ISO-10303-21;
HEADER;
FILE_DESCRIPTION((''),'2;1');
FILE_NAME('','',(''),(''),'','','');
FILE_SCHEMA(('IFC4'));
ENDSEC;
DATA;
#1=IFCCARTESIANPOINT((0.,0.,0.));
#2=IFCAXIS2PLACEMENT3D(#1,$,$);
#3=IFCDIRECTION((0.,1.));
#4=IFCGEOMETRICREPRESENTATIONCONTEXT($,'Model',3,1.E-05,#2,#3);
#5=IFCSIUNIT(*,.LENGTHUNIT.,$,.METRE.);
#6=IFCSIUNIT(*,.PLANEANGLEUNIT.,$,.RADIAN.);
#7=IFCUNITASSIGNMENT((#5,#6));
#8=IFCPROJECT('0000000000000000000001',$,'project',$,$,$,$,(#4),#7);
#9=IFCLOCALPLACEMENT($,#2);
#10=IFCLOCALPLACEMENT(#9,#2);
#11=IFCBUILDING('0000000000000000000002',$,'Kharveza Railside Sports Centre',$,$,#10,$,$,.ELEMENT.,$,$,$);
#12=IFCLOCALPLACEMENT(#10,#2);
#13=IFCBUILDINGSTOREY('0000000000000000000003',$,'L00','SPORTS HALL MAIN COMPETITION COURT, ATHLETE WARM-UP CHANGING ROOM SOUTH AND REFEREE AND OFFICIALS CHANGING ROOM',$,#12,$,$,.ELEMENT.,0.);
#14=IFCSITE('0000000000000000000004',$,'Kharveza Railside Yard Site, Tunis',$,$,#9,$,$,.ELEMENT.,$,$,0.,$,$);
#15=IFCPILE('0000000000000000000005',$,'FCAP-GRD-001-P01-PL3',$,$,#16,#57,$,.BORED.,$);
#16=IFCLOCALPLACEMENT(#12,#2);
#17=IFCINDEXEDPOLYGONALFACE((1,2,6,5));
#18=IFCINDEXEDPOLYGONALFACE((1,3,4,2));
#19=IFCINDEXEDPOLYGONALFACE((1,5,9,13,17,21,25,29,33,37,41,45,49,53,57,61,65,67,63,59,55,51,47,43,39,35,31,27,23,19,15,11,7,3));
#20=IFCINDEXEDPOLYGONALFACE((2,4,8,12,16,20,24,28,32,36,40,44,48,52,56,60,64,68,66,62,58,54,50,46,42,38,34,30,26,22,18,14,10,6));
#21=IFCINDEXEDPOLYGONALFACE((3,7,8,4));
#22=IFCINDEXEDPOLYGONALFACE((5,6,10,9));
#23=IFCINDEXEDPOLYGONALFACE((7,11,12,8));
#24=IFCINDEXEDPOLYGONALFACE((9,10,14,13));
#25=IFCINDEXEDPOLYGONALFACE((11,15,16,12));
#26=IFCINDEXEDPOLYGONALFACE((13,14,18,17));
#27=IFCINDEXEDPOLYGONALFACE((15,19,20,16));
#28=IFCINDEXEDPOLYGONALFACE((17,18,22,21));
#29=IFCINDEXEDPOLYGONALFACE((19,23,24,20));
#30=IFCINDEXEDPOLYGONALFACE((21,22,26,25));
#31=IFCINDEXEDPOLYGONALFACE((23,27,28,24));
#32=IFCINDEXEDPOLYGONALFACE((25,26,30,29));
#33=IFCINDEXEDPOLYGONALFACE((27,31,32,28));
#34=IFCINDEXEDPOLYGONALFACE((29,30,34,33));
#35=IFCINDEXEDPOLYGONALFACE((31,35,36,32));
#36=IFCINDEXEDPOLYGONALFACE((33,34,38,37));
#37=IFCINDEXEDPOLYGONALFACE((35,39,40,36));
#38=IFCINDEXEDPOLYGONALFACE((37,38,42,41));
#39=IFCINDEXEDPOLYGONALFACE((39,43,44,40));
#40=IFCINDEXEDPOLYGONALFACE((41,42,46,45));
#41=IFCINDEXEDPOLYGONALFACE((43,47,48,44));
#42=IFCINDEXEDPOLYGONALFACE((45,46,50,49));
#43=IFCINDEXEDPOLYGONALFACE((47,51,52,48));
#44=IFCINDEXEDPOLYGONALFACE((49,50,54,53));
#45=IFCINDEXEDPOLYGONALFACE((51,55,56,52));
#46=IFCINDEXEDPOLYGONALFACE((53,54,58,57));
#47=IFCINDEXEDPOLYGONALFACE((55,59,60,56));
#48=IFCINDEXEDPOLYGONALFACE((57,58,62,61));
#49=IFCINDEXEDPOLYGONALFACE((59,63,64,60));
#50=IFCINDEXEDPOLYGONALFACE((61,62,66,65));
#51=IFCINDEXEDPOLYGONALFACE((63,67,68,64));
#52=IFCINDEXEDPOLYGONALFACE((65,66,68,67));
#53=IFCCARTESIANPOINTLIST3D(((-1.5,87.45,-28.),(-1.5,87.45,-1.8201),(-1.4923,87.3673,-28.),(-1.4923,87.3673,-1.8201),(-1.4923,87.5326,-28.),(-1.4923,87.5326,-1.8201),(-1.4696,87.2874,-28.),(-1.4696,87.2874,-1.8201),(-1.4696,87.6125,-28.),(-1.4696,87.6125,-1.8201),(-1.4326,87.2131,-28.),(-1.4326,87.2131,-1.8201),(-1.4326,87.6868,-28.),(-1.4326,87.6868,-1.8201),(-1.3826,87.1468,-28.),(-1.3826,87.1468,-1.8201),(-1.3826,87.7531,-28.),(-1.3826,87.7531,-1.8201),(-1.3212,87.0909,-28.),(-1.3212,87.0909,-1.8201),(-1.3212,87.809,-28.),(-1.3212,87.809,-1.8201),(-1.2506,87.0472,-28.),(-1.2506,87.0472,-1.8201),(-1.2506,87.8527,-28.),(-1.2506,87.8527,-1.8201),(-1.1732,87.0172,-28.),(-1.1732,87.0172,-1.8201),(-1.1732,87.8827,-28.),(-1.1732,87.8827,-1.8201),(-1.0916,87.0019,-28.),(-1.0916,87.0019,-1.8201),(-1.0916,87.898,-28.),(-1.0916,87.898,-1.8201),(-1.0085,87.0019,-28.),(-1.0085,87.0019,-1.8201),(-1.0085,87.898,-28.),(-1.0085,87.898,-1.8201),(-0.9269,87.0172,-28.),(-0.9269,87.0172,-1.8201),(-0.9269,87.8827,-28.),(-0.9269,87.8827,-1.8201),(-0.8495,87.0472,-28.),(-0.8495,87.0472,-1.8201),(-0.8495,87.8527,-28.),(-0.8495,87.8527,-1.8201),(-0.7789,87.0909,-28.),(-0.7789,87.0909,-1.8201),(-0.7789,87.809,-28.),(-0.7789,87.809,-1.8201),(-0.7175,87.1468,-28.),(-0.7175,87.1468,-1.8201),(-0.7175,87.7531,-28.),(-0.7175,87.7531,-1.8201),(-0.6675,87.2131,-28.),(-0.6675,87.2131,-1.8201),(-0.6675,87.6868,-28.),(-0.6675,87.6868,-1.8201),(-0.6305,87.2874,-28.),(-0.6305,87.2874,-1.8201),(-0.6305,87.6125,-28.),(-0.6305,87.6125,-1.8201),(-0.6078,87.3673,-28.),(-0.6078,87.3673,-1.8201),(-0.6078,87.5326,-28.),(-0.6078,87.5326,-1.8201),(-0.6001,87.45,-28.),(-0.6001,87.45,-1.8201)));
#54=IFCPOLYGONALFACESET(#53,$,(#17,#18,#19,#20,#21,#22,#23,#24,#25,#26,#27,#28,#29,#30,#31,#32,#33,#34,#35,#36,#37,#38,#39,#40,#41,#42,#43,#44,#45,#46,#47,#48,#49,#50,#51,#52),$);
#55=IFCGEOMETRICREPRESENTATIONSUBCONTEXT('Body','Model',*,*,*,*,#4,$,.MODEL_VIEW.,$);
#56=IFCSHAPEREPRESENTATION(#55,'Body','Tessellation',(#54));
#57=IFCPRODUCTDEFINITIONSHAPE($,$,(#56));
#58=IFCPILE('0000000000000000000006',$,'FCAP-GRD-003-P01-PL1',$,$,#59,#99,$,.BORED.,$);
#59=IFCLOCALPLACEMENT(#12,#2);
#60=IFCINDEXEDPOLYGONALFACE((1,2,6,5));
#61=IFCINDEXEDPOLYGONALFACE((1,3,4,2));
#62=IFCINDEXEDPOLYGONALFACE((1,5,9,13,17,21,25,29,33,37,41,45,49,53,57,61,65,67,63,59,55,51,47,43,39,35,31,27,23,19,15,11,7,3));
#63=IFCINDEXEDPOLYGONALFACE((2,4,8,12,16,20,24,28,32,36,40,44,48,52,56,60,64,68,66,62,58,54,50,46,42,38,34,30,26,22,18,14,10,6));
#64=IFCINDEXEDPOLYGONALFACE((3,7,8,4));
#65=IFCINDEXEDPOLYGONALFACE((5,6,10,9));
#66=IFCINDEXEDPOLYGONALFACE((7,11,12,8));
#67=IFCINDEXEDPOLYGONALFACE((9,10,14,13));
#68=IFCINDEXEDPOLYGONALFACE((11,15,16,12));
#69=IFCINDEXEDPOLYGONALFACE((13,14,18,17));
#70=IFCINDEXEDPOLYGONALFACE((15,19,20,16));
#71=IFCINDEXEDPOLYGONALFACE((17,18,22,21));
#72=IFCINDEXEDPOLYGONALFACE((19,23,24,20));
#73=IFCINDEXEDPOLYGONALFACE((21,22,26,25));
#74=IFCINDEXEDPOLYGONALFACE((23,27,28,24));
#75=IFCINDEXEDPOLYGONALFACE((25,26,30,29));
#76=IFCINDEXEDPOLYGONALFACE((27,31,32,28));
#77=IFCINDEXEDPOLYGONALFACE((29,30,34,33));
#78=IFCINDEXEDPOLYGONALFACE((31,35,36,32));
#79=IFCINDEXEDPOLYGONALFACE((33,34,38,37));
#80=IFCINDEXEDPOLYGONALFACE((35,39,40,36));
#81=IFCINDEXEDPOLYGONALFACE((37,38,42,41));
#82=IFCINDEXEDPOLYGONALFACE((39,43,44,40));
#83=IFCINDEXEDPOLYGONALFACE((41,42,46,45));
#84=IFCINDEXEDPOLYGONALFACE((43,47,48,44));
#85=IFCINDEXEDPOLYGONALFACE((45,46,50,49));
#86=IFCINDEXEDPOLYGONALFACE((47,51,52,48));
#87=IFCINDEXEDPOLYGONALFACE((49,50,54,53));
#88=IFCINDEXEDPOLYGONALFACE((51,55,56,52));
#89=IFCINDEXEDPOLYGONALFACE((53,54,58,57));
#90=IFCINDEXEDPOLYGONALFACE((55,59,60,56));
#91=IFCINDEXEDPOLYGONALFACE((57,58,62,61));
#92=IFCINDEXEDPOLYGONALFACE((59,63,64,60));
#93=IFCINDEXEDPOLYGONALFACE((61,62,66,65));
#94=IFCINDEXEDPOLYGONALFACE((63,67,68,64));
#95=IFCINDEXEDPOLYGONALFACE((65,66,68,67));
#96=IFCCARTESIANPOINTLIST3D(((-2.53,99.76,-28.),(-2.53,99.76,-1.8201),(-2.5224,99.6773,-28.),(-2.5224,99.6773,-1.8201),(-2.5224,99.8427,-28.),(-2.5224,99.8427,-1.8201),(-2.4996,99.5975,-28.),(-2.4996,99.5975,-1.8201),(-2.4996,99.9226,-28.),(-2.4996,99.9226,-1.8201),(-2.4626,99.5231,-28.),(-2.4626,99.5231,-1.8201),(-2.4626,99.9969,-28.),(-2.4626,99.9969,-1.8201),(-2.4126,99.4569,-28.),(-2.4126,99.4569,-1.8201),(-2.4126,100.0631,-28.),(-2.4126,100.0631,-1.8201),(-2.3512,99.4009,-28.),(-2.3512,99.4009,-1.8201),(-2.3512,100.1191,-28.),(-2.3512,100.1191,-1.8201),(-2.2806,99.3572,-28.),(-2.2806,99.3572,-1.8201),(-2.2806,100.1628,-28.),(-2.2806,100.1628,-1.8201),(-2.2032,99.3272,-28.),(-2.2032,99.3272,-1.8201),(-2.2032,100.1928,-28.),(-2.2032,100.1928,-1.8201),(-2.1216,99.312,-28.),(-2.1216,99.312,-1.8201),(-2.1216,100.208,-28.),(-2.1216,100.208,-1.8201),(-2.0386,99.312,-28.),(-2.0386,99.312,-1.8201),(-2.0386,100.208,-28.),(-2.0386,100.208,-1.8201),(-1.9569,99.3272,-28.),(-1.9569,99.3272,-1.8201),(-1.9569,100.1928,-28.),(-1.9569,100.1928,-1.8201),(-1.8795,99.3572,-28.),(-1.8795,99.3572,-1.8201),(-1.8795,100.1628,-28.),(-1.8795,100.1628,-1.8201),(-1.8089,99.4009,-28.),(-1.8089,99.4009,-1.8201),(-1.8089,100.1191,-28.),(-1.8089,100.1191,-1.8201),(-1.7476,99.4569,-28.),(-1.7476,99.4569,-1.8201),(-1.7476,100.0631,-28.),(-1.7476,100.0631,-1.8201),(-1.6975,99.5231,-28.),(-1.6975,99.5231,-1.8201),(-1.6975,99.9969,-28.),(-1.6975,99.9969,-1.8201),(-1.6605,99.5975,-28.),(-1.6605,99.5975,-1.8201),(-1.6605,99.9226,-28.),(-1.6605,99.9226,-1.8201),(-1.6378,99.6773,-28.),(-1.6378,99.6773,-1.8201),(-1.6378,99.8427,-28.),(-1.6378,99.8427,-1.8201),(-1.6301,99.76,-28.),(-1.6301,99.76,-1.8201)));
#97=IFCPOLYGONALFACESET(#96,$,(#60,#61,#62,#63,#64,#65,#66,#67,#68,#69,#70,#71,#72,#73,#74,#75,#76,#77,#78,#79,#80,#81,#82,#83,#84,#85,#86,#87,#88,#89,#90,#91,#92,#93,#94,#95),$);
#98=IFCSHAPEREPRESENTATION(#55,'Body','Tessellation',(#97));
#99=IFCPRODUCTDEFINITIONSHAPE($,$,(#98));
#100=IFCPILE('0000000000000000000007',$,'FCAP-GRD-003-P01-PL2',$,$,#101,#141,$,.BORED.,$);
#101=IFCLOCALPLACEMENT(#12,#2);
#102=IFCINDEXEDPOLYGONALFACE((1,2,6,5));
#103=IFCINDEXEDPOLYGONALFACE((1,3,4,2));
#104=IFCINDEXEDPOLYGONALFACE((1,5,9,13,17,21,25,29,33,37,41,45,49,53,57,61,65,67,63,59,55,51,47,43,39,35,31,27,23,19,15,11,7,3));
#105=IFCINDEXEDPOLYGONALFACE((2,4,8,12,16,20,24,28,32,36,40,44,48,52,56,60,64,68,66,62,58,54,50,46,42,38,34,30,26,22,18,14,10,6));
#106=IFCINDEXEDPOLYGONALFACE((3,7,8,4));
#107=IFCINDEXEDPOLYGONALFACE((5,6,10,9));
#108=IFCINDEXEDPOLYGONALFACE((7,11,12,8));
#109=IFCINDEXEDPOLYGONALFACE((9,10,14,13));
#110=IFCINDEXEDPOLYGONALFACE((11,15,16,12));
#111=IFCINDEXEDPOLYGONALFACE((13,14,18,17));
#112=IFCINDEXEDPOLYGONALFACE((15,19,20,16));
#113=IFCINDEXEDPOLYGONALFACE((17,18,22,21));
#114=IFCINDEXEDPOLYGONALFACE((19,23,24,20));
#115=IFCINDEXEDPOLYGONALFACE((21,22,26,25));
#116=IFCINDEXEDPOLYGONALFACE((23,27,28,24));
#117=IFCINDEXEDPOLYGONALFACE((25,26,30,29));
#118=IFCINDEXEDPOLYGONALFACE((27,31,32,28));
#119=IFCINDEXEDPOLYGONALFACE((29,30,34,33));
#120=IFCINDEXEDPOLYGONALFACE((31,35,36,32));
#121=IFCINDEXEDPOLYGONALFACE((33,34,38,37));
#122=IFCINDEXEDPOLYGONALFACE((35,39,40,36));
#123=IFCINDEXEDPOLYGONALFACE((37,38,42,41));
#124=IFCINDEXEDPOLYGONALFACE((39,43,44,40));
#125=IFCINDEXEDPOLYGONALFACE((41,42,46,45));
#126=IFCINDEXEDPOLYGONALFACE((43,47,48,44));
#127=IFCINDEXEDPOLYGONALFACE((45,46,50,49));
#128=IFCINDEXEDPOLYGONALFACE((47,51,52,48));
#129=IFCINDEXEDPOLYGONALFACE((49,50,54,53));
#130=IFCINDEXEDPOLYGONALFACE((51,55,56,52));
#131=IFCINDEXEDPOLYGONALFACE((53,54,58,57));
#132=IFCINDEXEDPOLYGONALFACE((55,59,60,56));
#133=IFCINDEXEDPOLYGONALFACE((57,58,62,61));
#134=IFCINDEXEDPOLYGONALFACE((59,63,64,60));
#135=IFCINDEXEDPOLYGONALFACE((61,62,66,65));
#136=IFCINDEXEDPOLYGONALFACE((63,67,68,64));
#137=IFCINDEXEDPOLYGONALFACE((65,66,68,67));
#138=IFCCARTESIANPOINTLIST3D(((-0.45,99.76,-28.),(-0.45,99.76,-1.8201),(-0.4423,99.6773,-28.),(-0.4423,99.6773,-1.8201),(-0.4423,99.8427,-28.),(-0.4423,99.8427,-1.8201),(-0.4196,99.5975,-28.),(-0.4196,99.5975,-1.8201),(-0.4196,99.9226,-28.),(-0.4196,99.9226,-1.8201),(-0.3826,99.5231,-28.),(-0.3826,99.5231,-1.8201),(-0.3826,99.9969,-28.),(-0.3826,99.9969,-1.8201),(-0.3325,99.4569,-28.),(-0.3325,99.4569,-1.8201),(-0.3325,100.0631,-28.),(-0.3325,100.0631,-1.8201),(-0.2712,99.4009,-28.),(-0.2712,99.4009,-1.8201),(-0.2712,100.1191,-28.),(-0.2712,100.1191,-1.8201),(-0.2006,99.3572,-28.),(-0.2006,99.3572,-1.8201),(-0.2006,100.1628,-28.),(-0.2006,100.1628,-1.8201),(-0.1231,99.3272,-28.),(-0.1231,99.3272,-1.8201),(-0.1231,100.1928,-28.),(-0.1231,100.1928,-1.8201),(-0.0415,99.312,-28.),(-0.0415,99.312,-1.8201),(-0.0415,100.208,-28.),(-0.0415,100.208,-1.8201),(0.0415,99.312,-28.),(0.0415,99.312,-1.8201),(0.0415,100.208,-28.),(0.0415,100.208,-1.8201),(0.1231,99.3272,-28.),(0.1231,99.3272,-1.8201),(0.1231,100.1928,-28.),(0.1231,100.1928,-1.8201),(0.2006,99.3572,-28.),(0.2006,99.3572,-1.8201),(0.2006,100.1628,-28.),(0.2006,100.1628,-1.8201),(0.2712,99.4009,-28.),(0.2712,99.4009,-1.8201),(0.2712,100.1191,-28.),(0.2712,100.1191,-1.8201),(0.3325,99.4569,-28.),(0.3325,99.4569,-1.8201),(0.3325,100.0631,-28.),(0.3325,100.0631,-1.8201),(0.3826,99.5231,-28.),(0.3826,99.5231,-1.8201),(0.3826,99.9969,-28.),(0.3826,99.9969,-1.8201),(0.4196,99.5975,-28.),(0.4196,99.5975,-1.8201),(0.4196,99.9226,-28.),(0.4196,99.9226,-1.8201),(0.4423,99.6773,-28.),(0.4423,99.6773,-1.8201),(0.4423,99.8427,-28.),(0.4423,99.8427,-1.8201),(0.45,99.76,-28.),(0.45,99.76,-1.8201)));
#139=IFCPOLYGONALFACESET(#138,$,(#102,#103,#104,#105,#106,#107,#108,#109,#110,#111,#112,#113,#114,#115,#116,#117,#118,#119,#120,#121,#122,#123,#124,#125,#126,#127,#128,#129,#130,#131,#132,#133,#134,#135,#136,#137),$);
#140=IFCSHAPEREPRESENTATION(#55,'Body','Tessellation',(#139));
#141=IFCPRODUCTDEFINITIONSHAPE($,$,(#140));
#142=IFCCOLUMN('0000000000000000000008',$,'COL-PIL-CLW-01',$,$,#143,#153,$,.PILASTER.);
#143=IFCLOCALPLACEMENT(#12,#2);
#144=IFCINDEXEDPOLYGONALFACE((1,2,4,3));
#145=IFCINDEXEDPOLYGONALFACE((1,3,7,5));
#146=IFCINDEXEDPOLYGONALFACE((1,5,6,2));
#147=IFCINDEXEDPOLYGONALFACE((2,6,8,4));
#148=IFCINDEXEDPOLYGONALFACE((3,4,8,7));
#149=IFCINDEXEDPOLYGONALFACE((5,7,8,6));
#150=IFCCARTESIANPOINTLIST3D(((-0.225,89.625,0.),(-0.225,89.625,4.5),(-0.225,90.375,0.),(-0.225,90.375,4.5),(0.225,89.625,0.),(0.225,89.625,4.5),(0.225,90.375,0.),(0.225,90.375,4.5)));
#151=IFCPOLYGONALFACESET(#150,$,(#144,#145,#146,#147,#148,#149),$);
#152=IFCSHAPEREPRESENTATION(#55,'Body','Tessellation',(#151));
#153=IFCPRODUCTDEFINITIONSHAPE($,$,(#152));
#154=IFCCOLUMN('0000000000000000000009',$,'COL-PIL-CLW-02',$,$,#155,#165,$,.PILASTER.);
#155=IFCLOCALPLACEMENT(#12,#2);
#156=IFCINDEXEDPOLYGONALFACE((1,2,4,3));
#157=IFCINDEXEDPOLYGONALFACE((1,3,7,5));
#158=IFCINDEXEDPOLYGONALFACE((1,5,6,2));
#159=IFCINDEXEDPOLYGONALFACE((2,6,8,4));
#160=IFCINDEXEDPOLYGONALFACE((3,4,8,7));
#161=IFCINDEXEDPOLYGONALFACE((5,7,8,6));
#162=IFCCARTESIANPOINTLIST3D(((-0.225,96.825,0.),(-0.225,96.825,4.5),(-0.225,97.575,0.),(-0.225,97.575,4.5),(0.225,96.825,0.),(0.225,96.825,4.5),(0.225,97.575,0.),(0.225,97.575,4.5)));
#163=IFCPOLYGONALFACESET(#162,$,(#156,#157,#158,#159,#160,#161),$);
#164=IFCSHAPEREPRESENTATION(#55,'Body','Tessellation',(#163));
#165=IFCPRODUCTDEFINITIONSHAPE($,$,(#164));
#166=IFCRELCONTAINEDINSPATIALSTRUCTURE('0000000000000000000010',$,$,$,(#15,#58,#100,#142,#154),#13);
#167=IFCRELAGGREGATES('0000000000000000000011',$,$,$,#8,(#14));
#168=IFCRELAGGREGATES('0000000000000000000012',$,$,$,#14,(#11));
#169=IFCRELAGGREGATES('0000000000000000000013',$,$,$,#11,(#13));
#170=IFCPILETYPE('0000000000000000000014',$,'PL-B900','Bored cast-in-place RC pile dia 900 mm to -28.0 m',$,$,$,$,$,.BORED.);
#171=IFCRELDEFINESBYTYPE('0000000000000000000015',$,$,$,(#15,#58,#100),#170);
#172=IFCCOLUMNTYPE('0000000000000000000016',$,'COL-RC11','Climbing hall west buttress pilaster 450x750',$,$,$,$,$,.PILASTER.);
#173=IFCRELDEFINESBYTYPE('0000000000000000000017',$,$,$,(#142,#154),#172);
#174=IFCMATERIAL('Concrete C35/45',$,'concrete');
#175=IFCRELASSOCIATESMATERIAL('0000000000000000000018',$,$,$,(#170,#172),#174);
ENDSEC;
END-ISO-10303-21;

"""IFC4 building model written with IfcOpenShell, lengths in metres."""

from ifc_helpers import new_model, si_unit, direction, frame, origin, origin_2d, place, context, subcontext, project, spatial, rectangle, circle, extrude, material, material_profile, profile_set, type_object, element, save


model = new_model("IFC4")

# Units and contexts
model_context = context("Model", 3, precision=1e-05, world=origin(), true_north=direction((0.0, 1.0)))
body_context = subcontext(model_context, "Body", "Model", "MODEL_VIEW")
ifc_project = project(units=[si_unit("LENGTHUNIT", "METRE"), si_unit("PLANEANGLEUNIT", "RADIAN")], contexts=[model_context])

# Site, building, storey
site_placement = place(None, origin())
site = spatial("IfcSite", under=ifc_project, at=site_placement, Name="Kharveza Railside Yard Site, Tunis", CompositionType="ELEMENT", RefElevation=0.0)
building_placement = place(site_placement, origin())
building = spatial("IfcBuilding", under=site, at=building_placement, Name="Kharveza Railside Sports Centre", CompositionType="ELEMENT")
storey_placement = place(building_placement, origin())
storey = spatial("IfcBuildingStorey", under=building, at=storey_placement, Name="L00", Description="SPORTS HALL MAIN COMPETITION COURT, ATHLETE WARM-UP CHANGING ROOM SOUTH AND REFEREE AND OFFICIALS CHANGING ROOM", CompositionType="ELEMENT", Elevation=0.0)

# Shared definitions
ifc_material_1 = material(Name="Concrete C35/45", Category="concrete")

# Piles
ifc_material_profile_1 = material_profile(ifc_material_1, circle(Radius=0.45, at=origin_2d()), Name="PILE D900")
ifc_profile_set_1 = profile_set([ifc_material_profile_1], Name="Concrete C35/45")
pile_type_1 = type_object("IfcPileType", Name="PL-B900", Description="Bored cast-in-place RC pile dia 900 mm to -28.0 m", PredefinedType="BORED", material=ifc_profile_set_1)
for number, where, z_axis, x_axis, name in (
    (1, (-1.05, 87.45, -1.8201), (0.0, 0.0, -1.0), (1.0, 0.0, 0.0), "FCAP-GRD-001-P01-PL3"),
    (2, (-2.0801, 99.76, -1.8201), (0.0, 0.0, -1.0), (1.0, 0.0, 0.0), "FCAP-GRD-003-P01-PL1"),
    (3, (0.0, 99.76, -1.8201), (0.0, 0.0, -1.0), (1.0, 0.0, 0.0), "FCAP-GRD-003-P01-PL2"),
):
    element("IfcPile", number, at=place(storey_placement, frame(where, z_axis=z_axis, x_axis=x_axis)), inside=storey, type_object=pile_type_1, Name=name, PredefinedType="BORED", context=body_context, shape_type="SweptSolid", body=[
        extrude(circle(Radius=0.45, at=origin_2d()), origin(), (0.0, 0.0, 1.0), 26.1799),
    ])

# Columns
ifc_material_profile_2 = material_profile(ifc_material_1, rectangle(XDim=0.45, YDim=0.75, at=origin_2d()), Name="RC 450x750")
ifc_profile_set_2 = profile_set([ifc_material_profile_2], Name="Concrete C35/45")
column_type_1 = type_object("IfcColumnType", Name="COL-RC11", Description="Climbing hall west buttress pilaster 450x750", PredefinedType="PILASTER", material=ifc_profile_set_2)
for number, where, z_axis, x_axis, name in (
    (4, (0.0, 90.0, 0.0), (0.0, 0.0, 1.0), (1.0, 0.0, 0.0), "COL-PIL-CLW-01"),
    (5, (0.0, 97.2, 0.0), (0.0, 0.0, 1.0), (1.0, 0.0, 0.0), "COL-PIL-CLW-02"),
):
    element("IfcColumn", number, at=place(storey_placement, frame(where, z_axis=z_axis, x_axis=x_axis)), inside=storey, type_object=column_type_1, Name=name, PredefinedType="PILASTER", context=body_context, shape_type="SweptSolid", body=[
        extrude(rectangle(XDim=0.45, YDim=0.75, at=origin_2d()), origin(), (0.0, 0.0, 1.0), 4.5),
    ])

save(model, "model.ifc")
